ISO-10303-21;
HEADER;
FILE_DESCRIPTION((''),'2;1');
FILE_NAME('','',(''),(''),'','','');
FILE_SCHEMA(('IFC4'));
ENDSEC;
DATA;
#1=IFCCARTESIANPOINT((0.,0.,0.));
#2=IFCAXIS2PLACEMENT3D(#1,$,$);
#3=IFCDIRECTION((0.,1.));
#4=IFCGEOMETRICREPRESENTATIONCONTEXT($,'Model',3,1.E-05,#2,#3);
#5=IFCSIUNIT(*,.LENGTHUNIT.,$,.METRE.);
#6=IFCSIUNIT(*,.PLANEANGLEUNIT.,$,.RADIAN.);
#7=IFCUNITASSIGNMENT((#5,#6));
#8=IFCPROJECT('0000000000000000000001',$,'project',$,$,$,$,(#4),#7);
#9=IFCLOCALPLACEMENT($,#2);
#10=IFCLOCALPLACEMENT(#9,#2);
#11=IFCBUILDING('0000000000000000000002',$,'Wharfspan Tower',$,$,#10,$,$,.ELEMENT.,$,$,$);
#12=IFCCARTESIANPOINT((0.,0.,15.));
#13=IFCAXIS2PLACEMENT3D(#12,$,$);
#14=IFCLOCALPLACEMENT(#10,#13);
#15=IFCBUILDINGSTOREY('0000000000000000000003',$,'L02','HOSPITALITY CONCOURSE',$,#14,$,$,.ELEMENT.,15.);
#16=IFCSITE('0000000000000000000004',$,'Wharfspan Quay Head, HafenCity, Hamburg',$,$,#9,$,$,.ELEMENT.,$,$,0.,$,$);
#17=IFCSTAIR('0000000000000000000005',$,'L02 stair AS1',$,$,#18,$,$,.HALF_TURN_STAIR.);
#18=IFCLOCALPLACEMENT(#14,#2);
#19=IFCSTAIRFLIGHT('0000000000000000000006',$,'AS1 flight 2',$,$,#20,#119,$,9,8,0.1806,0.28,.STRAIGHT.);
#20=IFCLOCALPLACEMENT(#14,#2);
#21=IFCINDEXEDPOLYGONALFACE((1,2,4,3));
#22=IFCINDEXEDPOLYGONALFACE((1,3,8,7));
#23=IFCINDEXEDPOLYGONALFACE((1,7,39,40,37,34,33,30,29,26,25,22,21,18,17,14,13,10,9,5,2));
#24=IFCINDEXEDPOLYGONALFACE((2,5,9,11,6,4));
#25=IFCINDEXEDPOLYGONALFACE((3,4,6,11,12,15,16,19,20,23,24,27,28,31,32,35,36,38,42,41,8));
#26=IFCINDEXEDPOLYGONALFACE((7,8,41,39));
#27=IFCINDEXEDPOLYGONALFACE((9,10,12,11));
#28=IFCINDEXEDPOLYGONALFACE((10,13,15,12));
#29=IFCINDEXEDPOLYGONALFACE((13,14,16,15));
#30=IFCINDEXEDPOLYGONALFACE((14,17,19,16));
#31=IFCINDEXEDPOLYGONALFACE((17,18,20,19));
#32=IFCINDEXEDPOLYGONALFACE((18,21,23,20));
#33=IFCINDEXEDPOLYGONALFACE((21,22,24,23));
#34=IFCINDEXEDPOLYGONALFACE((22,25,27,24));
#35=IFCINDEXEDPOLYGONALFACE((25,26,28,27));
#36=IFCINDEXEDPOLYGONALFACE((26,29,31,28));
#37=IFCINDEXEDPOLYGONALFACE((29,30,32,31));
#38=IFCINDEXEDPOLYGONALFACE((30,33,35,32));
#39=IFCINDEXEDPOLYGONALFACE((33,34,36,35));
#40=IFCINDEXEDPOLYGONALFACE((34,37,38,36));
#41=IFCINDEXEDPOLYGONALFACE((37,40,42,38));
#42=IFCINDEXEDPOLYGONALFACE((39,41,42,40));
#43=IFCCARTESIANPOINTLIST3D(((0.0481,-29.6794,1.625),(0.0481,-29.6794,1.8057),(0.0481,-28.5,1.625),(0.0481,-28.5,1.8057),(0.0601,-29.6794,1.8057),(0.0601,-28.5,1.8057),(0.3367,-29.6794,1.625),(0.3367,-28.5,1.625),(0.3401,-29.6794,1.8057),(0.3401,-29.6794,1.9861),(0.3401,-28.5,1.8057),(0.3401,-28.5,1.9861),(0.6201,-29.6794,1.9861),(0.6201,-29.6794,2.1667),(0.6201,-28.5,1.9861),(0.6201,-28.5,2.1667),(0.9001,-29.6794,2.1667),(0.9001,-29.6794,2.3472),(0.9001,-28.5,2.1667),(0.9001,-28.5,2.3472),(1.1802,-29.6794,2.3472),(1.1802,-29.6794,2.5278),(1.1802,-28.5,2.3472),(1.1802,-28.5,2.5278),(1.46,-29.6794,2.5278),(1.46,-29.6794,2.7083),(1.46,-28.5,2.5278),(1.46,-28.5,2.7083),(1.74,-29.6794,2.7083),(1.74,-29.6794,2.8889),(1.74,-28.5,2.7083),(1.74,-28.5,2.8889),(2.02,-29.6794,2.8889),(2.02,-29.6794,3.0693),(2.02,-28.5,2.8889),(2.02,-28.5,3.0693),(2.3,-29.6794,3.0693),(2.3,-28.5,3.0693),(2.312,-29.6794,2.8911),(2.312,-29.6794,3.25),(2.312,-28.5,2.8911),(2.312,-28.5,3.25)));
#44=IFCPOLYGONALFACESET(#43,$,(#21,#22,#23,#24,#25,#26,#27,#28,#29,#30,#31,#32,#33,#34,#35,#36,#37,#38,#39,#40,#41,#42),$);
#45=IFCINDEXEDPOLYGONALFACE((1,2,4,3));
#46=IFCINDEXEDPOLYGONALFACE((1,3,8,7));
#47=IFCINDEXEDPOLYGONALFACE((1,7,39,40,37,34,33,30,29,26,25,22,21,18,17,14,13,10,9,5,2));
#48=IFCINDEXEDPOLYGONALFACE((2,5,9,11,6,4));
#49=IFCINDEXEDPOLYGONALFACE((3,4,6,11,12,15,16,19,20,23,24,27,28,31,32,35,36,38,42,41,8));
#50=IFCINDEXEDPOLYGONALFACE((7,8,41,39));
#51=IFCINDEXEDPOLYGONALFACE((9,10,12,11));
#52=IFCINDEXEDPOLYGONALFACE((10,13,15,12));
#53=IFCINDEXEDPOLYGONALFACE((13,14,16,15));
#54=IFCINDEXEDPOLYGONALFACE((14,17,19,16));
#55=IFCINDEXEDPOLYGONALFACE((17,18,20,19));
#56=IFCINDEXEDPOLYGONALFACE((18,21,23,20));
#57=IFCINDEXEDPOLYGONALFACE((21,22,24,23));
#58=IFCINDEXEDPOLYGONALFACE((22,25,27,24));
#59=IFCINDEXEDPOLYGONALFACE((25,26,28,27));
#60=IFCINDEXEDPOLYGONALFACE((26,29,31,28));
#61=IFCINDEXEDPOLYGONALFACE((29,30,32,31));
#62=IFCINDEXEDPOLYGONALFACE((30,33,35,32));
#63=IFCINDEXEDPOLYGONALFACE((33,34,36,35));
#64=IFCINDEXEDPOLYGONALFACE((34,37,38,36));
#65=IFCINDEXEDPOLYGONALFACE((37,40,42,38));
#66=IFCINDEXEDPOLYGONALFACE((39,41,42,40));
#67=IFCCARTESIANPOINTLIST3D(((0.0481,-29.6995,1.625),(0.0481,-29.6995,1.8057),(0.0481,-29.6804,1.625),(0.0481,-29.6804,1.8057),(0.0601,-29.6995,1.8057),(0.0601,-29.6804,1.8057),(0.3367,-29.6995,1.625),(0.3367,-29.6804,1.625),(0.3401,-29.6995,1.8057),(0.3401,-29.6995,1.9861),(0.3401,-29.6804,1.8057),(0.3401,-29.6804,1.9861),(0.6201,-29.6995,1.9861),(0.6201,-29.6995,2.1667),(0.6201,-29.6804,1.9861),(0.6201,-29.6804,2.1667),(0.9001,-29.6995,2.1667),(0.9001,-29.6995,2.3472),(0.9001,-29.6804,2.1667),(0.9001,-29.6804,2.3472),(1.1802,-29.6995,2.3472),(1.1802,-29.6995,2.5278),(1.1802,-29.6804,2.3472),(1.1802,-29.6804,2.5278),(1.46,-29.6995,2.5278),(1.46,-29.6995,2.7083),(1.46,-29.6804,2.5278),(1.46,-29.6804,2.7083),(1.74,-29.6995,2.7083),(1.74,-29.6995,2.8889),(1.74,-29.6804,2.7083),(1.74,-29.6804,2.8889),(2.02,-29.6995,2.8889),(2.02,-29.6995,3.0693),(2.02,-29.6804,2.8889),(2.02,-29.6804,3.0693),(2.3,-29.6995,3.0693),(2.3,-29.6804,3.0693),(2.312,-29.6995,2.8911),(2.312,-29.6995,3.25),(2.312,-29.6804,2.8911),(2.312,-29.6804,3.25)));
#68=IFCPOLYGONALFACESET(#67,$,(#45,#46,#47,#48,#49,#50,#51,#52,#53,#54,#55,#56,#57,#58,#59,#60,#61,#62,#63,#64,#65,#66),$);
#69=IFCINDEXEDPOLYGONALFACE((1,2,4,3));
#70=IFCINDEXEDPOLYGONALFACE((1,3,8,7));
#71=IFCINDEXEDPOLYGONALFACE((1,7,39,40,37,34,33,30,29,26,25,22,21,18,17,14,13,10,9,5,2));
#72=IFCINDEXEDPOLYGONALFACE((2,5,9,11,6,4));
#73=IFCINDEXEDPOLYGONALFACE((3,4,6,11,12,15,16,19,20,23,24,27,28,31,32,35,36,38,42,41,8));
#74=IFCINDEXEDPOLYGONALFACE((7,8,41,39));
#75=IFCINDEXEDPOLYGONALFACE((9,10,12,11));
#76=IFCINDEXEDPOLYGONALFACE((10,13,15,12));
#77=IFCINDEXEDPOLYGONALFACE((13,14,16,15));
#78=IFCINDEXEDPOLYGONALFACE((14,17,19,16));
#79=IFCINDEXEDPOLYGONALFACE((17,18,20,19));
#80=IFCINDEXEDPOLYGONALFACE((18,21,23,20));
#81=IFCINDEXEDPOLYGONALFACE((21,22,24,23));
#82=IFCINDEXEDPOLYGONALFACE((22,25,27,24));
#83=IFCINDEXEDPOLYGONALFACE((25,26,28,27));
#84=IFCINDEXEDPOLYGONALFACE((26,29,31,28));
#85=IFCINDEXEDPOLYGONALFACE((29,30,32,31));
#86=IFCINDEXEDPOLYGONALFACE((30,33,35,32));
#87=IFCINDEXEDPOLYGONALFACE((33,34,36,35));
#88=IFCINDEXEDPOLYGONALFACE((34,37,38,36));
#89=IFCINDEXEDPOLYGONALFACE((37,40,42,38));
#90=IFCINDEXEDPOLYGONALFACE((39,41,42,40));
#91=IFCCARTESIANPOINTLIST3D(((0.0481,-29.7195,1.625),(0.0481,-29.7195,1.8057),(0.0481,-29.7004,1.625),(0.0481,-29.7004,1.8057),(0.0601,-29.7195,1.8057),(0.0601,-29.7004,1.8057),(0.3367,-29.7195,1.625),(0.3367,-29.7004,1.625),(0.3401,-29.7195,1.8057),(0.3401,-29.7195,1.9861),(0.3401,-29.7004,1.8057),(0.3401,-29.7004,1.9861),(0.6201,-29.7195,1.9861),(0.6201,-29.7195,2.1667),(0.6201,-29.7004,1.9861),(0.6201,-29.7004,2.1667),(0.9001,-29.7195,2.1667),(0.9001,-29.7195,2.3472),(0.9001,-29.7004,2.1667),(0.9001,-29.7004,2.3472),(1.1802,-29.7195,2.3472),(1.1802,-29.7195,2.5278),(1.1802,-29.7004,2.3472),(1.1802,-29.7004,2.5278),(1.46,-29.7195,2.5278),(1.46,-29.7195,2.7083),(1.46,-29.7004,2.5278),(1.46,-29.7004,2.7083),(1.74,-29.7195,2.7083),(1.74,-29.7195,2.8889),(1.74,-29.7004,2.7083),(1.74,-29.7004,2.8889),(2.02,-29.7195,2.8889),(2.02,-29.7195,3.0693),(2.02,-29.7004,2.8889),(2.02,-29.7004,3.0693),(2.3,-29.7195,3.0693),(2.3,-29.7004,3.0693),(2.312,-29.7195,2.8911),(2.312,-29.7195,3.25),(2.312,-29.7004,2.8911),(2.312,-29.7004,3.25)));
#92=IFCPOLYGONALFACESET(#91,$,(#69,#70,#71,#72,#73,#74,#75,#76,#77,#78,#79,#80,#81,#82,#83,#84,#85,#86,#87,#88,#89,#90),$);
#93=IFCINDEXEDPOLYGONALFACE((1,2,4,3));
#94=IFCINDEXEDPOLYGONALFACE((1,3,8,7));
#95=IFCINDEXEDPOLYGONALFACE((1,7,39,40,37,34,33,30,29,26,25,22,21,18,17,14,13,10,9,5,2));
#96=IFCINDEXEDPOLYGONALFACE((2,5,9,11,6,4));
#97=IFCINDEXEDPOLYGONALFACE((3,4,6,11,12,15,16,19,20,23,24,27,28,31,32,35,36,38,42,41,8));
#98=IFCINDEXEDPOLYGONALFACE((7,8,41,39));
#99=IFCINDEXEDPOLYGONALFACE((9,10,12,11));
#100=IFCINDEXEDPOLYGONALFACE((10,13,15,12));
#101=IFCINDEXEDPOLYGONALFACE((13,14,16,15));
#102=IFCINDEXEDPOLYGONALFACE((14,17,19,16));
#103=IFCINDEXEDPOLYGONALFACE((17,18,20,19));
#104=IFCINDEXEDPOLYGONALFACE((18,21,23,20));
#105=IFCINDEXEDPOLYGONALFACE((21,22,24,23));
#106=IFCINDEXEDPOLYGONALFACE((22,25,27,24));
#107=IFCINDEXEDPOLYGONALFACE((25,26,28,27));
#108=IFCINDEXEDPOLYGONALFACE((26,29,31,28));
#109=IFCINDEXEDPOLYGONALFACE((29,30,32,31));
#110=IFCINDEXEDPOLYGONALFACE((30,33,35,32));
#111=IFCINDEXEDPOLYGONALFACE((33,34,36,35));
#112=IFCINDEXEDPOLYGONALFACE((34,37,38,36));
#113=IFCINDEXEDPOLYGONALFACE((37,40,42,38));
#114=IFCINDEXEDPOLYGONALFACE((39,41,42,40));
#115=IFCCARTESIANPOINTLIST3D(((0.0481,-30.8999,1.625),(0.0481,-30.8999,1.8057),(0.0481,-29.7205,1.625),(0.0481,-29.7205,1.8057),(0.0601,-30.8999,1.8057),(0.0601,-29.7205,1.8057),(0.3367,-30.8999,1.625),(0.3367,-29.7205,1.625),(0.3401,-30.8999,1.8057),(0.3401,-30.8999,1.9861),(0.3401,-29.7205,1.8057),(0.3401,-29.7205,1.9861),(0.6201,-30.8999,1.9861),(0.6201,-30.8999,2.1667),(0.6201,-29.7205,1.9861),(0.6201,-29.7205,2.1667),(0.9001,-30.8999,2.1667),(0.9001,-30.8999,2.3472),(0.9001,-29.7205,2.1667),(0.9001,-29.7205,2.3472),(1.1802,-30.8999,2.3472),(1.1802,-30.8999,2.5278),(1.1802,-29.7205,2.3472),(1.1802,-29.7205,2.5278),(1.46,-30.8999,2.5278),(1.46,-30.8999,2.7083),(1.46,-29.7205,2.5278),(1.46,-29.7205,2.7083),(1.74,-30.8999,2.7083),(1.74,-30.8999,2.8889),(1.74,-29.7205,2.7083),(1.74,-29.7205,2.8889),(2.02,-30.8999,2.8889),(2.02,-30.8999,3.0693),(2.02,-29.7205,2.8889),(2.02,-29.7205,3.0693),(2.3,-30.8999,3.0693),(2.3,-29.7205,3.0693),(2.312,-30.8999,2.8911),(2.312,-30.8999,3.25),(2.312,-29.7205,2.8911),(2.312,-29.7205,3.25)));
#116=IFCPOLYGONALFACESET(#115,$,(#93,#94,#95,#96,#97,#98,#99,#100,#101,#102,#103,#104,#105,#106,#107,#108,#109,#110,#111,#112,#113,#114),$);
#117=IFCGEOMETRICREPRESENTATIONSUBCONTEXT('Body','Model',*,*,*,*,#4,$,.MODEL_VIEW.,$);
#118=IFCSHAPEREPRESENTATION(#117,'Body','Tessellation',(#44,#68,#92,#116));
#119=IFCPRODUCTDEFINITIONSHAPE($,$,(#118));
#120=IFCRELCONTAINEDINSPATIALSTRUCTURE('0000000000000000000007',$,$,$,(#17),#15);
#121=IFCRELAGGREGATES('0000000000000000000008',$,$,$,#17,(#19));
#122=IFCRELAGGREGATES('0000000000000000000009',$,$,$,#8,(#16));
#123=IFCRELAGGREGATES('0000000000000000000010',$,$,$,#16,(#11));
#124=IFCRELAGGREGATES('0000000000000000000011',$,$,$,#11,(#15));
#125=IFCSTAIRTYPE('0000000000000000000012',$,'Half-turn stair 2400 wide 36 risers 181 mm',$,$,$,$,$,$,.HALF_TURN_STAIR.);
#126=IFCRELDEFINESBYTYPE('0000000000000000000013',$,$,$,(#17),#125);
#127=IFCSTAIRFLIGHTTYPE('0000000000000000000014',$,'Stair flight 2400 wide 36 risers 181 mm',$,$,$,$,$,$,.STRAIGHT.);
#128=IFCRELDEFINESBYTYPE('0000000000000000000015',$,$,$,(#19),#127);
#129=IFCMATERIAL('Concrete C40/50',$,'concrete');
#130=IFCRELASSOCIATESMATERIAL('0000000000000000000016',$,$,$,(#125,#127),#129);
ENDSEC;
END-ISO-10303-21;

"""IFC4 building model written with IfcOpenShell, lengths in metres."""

from ifc_helpers import new_model, si_unit, direction, frame, origin, place, context, subcontext, project, spatial, polyline, outline, extrude, material, type_object, element, aggregate, save


model = new_model("IFC4")

# Units and contexts
model_context = context("Model", 3, precision=1e-05, world=origin(), true_north=direction((0.0, 1.0)))
body_context = subcontext(model_context, "Body", "Model", "MODEL_VIEW")
ifc_project = project(units=[si_unit("LENGTHUNIT", "METRE"), si_unit("PLANEANGLEUNIT", "RADIAN")], contexts=[model_context])

# Site, building, storey
site_placement = place(None, origin())
site = spatial("IfcSite", under=ifc_project, at=site_placement, Name="Wharfspan Quay Head, HafenCity, Hamburg", CompositionType="ELEMENT", RefElevation=0.0)
building_placement = place(site_placement, origin())
building = spatial("IfcBuilding", under=site, at=building_placement, Name="Wharfspan Tower", CompositionType="ELEMENT")
storey_placement = place(building_placement, frame((0.0, 0.0, 15.0)))
storey = spatial("IfcBuildingStorey", under=building, at=storey_placement, Name="L02", Description="HOSPITALITY CONCOURSE", CompositionType="ELEMENT", Elevation=15.0)

# Shared definitions
ifc_material_1 = material(Name="Concrete C40/50", Category="concrete")
stair_type = type_object("IfcStairType", Name="Half-turn stair 2400 wide 36 risers 181 mm", PredefinedType="HALF_TURN_STAIR", material=ifc_material_1)

# Stair, stair flight
stair_1_placement = place(storey_placement, origin())
stair_1 = element("IfcStair", 1, at=stair_1_placement, inside=storey, type_object=stair_type, Name="L02 stair AS1", PredefinedType="HALF_TURN_STAIR")
stair_flight_type = type_object("IfcStairFlightType", Name="Stair flight 2400 wide 36 risers 181 mm", PredefinedType="STRAIGHT", material=ifc_material_1)
stair_flight_1_placement = place(storey_placement, frame((0.0601, -29.7, 1.625), z_axis=(0.0, 0.0, 1.0), x_axis=(1.0, 0.0, 0.0)))
stair_flight_1 = element("IfcStairFlight", 2, at=stair_flight_1_placement, type_object=stair_flight_type, Name="AS1 flight 2", NumberOfRisers=9, NumberOfTreads=8, PredefinedType="STRAIGHT", RiserHeight=0.1806, TreadLength=0.28, context=body_context, shape_type="SweptSolid", body=[
    extrude(outline(polyline([(-0.012, 0.0), (-0.012, 0.1807), (0.0, 0.1807), (0.28, 0.1807), (0.28, 0.3611), (0.5601, 0.3611), (0.5601, 0.5417), (0.8401, 0.5417), (0.8401, 0.7222), (1.1201, 0.7222), (1.1201, 0.9028), (1.3999, 0.9028), (1.3999, 1.0833), (1.6799, 1.0833), (1.6799, 1.2639), (1.96, 1.2639), (1.96, 1.4443), (2.24, 1.4443), (2.252, 1.625), (2.252, 1.2661), (0.2766, 0.0), (-0.012, 0.0)])), frame((0.0, 1.2, 0.0), z_axis=(0.0, -1.0, 0.0), x_axis=(1.0, 0.0, 0.0)), (0.0, 0.0, 1.0), 1.1794),
    extrude(outline(polyline([(-0.012, 0.0), (-0.012, 0.1807), (0.0, 0.1807), (0.28, 0.1807), (0.28, 0.3611), (0.5601, 0.3611), (0.5601, 0.5417), (0.8401, 0.5417), (0.8401, 0.7222), (1.1201, 0.7222), (1.1201, 0.9028), (1.3999, 0.9028), (1.3999, 1.0833), (1.6799, 1.0833), (1.6799, 1.2639), (1.96, 1.2639), (1.96, 1.4443), (2.24, 1.4443), (2.252, 1.625), (2.252, 1.2661), (0.2766, 0.0), (-0.012, 0.0)])), frame((0.0, 0.0195, 0.0), z_axis=(0.0, -1.0, 0.0), x_axis=(1.0, 0.0, 0.0)), (0.0, 0.0, 1.0), 0.019),
    extrude(outline(polyline([(-0.012, 0.0), (-0.012, 0.1807), (0.0, 0.1807), (0.28, 0.1807), (0.28, 0.3611), (0.5601, 0.3611), (0.5601, 0.5417), (0.8401, 0.5417), (0.8401, 0.7222), (1.1201, 0.7222), (1.1201, 0.9028), (1.3999, 0.9028), (1.3999, 1.0833), (1.6799, 1.0833), (1.6799, 1.2639), (1.96, 1.2639), (1.96, 1.4443), (2.24, 1.4443), (2.252, 1.625), (2.252, 1.2661), (0.2766, 0.0), (-0.012, 0.0)])), frame((0.0, -0.0005, 0.0), z_axis=(0.0, -1.0, 0.0), x_axis=(1.0, 0.0, 0.0)), (0.0, 0.0, 1.0), 0.019),
    extrude(outline(polyline([(-0.012, 0.0), (-0.012, 0.1807), (0.0, 0.1807), (0.28, 0.1807), (0.28, 0.3611), (0.5601, 0.3611), (0.5601, 0.5417), (0.8401, 0.5417), (0.8401, 0.7222), (1.1201, 0.7222), (1.1201, 0.9028), (1.3999, 0.9028), (1.3999, 1.0833), (1.6799, 1.0833), (1.6799, 1.2639), (1.96, 1.2639), (1.96, 1.4443), (2.24, 1.4443), (2.252, 1.625), (2.252, 1.2661), (0.2766, 0.0), (-0.012, 0.0)])), frame((0.0, -0.0205, 0.0), z_axis=(0.0, -1.0, 0.0), x_axis=(1.0, 0.0, 0.0)), (0.0, 0.0, 1.0), 1.1794),
])
aggregate(stair_1, [stair_flight_1])

save(model, "model.ifc")
